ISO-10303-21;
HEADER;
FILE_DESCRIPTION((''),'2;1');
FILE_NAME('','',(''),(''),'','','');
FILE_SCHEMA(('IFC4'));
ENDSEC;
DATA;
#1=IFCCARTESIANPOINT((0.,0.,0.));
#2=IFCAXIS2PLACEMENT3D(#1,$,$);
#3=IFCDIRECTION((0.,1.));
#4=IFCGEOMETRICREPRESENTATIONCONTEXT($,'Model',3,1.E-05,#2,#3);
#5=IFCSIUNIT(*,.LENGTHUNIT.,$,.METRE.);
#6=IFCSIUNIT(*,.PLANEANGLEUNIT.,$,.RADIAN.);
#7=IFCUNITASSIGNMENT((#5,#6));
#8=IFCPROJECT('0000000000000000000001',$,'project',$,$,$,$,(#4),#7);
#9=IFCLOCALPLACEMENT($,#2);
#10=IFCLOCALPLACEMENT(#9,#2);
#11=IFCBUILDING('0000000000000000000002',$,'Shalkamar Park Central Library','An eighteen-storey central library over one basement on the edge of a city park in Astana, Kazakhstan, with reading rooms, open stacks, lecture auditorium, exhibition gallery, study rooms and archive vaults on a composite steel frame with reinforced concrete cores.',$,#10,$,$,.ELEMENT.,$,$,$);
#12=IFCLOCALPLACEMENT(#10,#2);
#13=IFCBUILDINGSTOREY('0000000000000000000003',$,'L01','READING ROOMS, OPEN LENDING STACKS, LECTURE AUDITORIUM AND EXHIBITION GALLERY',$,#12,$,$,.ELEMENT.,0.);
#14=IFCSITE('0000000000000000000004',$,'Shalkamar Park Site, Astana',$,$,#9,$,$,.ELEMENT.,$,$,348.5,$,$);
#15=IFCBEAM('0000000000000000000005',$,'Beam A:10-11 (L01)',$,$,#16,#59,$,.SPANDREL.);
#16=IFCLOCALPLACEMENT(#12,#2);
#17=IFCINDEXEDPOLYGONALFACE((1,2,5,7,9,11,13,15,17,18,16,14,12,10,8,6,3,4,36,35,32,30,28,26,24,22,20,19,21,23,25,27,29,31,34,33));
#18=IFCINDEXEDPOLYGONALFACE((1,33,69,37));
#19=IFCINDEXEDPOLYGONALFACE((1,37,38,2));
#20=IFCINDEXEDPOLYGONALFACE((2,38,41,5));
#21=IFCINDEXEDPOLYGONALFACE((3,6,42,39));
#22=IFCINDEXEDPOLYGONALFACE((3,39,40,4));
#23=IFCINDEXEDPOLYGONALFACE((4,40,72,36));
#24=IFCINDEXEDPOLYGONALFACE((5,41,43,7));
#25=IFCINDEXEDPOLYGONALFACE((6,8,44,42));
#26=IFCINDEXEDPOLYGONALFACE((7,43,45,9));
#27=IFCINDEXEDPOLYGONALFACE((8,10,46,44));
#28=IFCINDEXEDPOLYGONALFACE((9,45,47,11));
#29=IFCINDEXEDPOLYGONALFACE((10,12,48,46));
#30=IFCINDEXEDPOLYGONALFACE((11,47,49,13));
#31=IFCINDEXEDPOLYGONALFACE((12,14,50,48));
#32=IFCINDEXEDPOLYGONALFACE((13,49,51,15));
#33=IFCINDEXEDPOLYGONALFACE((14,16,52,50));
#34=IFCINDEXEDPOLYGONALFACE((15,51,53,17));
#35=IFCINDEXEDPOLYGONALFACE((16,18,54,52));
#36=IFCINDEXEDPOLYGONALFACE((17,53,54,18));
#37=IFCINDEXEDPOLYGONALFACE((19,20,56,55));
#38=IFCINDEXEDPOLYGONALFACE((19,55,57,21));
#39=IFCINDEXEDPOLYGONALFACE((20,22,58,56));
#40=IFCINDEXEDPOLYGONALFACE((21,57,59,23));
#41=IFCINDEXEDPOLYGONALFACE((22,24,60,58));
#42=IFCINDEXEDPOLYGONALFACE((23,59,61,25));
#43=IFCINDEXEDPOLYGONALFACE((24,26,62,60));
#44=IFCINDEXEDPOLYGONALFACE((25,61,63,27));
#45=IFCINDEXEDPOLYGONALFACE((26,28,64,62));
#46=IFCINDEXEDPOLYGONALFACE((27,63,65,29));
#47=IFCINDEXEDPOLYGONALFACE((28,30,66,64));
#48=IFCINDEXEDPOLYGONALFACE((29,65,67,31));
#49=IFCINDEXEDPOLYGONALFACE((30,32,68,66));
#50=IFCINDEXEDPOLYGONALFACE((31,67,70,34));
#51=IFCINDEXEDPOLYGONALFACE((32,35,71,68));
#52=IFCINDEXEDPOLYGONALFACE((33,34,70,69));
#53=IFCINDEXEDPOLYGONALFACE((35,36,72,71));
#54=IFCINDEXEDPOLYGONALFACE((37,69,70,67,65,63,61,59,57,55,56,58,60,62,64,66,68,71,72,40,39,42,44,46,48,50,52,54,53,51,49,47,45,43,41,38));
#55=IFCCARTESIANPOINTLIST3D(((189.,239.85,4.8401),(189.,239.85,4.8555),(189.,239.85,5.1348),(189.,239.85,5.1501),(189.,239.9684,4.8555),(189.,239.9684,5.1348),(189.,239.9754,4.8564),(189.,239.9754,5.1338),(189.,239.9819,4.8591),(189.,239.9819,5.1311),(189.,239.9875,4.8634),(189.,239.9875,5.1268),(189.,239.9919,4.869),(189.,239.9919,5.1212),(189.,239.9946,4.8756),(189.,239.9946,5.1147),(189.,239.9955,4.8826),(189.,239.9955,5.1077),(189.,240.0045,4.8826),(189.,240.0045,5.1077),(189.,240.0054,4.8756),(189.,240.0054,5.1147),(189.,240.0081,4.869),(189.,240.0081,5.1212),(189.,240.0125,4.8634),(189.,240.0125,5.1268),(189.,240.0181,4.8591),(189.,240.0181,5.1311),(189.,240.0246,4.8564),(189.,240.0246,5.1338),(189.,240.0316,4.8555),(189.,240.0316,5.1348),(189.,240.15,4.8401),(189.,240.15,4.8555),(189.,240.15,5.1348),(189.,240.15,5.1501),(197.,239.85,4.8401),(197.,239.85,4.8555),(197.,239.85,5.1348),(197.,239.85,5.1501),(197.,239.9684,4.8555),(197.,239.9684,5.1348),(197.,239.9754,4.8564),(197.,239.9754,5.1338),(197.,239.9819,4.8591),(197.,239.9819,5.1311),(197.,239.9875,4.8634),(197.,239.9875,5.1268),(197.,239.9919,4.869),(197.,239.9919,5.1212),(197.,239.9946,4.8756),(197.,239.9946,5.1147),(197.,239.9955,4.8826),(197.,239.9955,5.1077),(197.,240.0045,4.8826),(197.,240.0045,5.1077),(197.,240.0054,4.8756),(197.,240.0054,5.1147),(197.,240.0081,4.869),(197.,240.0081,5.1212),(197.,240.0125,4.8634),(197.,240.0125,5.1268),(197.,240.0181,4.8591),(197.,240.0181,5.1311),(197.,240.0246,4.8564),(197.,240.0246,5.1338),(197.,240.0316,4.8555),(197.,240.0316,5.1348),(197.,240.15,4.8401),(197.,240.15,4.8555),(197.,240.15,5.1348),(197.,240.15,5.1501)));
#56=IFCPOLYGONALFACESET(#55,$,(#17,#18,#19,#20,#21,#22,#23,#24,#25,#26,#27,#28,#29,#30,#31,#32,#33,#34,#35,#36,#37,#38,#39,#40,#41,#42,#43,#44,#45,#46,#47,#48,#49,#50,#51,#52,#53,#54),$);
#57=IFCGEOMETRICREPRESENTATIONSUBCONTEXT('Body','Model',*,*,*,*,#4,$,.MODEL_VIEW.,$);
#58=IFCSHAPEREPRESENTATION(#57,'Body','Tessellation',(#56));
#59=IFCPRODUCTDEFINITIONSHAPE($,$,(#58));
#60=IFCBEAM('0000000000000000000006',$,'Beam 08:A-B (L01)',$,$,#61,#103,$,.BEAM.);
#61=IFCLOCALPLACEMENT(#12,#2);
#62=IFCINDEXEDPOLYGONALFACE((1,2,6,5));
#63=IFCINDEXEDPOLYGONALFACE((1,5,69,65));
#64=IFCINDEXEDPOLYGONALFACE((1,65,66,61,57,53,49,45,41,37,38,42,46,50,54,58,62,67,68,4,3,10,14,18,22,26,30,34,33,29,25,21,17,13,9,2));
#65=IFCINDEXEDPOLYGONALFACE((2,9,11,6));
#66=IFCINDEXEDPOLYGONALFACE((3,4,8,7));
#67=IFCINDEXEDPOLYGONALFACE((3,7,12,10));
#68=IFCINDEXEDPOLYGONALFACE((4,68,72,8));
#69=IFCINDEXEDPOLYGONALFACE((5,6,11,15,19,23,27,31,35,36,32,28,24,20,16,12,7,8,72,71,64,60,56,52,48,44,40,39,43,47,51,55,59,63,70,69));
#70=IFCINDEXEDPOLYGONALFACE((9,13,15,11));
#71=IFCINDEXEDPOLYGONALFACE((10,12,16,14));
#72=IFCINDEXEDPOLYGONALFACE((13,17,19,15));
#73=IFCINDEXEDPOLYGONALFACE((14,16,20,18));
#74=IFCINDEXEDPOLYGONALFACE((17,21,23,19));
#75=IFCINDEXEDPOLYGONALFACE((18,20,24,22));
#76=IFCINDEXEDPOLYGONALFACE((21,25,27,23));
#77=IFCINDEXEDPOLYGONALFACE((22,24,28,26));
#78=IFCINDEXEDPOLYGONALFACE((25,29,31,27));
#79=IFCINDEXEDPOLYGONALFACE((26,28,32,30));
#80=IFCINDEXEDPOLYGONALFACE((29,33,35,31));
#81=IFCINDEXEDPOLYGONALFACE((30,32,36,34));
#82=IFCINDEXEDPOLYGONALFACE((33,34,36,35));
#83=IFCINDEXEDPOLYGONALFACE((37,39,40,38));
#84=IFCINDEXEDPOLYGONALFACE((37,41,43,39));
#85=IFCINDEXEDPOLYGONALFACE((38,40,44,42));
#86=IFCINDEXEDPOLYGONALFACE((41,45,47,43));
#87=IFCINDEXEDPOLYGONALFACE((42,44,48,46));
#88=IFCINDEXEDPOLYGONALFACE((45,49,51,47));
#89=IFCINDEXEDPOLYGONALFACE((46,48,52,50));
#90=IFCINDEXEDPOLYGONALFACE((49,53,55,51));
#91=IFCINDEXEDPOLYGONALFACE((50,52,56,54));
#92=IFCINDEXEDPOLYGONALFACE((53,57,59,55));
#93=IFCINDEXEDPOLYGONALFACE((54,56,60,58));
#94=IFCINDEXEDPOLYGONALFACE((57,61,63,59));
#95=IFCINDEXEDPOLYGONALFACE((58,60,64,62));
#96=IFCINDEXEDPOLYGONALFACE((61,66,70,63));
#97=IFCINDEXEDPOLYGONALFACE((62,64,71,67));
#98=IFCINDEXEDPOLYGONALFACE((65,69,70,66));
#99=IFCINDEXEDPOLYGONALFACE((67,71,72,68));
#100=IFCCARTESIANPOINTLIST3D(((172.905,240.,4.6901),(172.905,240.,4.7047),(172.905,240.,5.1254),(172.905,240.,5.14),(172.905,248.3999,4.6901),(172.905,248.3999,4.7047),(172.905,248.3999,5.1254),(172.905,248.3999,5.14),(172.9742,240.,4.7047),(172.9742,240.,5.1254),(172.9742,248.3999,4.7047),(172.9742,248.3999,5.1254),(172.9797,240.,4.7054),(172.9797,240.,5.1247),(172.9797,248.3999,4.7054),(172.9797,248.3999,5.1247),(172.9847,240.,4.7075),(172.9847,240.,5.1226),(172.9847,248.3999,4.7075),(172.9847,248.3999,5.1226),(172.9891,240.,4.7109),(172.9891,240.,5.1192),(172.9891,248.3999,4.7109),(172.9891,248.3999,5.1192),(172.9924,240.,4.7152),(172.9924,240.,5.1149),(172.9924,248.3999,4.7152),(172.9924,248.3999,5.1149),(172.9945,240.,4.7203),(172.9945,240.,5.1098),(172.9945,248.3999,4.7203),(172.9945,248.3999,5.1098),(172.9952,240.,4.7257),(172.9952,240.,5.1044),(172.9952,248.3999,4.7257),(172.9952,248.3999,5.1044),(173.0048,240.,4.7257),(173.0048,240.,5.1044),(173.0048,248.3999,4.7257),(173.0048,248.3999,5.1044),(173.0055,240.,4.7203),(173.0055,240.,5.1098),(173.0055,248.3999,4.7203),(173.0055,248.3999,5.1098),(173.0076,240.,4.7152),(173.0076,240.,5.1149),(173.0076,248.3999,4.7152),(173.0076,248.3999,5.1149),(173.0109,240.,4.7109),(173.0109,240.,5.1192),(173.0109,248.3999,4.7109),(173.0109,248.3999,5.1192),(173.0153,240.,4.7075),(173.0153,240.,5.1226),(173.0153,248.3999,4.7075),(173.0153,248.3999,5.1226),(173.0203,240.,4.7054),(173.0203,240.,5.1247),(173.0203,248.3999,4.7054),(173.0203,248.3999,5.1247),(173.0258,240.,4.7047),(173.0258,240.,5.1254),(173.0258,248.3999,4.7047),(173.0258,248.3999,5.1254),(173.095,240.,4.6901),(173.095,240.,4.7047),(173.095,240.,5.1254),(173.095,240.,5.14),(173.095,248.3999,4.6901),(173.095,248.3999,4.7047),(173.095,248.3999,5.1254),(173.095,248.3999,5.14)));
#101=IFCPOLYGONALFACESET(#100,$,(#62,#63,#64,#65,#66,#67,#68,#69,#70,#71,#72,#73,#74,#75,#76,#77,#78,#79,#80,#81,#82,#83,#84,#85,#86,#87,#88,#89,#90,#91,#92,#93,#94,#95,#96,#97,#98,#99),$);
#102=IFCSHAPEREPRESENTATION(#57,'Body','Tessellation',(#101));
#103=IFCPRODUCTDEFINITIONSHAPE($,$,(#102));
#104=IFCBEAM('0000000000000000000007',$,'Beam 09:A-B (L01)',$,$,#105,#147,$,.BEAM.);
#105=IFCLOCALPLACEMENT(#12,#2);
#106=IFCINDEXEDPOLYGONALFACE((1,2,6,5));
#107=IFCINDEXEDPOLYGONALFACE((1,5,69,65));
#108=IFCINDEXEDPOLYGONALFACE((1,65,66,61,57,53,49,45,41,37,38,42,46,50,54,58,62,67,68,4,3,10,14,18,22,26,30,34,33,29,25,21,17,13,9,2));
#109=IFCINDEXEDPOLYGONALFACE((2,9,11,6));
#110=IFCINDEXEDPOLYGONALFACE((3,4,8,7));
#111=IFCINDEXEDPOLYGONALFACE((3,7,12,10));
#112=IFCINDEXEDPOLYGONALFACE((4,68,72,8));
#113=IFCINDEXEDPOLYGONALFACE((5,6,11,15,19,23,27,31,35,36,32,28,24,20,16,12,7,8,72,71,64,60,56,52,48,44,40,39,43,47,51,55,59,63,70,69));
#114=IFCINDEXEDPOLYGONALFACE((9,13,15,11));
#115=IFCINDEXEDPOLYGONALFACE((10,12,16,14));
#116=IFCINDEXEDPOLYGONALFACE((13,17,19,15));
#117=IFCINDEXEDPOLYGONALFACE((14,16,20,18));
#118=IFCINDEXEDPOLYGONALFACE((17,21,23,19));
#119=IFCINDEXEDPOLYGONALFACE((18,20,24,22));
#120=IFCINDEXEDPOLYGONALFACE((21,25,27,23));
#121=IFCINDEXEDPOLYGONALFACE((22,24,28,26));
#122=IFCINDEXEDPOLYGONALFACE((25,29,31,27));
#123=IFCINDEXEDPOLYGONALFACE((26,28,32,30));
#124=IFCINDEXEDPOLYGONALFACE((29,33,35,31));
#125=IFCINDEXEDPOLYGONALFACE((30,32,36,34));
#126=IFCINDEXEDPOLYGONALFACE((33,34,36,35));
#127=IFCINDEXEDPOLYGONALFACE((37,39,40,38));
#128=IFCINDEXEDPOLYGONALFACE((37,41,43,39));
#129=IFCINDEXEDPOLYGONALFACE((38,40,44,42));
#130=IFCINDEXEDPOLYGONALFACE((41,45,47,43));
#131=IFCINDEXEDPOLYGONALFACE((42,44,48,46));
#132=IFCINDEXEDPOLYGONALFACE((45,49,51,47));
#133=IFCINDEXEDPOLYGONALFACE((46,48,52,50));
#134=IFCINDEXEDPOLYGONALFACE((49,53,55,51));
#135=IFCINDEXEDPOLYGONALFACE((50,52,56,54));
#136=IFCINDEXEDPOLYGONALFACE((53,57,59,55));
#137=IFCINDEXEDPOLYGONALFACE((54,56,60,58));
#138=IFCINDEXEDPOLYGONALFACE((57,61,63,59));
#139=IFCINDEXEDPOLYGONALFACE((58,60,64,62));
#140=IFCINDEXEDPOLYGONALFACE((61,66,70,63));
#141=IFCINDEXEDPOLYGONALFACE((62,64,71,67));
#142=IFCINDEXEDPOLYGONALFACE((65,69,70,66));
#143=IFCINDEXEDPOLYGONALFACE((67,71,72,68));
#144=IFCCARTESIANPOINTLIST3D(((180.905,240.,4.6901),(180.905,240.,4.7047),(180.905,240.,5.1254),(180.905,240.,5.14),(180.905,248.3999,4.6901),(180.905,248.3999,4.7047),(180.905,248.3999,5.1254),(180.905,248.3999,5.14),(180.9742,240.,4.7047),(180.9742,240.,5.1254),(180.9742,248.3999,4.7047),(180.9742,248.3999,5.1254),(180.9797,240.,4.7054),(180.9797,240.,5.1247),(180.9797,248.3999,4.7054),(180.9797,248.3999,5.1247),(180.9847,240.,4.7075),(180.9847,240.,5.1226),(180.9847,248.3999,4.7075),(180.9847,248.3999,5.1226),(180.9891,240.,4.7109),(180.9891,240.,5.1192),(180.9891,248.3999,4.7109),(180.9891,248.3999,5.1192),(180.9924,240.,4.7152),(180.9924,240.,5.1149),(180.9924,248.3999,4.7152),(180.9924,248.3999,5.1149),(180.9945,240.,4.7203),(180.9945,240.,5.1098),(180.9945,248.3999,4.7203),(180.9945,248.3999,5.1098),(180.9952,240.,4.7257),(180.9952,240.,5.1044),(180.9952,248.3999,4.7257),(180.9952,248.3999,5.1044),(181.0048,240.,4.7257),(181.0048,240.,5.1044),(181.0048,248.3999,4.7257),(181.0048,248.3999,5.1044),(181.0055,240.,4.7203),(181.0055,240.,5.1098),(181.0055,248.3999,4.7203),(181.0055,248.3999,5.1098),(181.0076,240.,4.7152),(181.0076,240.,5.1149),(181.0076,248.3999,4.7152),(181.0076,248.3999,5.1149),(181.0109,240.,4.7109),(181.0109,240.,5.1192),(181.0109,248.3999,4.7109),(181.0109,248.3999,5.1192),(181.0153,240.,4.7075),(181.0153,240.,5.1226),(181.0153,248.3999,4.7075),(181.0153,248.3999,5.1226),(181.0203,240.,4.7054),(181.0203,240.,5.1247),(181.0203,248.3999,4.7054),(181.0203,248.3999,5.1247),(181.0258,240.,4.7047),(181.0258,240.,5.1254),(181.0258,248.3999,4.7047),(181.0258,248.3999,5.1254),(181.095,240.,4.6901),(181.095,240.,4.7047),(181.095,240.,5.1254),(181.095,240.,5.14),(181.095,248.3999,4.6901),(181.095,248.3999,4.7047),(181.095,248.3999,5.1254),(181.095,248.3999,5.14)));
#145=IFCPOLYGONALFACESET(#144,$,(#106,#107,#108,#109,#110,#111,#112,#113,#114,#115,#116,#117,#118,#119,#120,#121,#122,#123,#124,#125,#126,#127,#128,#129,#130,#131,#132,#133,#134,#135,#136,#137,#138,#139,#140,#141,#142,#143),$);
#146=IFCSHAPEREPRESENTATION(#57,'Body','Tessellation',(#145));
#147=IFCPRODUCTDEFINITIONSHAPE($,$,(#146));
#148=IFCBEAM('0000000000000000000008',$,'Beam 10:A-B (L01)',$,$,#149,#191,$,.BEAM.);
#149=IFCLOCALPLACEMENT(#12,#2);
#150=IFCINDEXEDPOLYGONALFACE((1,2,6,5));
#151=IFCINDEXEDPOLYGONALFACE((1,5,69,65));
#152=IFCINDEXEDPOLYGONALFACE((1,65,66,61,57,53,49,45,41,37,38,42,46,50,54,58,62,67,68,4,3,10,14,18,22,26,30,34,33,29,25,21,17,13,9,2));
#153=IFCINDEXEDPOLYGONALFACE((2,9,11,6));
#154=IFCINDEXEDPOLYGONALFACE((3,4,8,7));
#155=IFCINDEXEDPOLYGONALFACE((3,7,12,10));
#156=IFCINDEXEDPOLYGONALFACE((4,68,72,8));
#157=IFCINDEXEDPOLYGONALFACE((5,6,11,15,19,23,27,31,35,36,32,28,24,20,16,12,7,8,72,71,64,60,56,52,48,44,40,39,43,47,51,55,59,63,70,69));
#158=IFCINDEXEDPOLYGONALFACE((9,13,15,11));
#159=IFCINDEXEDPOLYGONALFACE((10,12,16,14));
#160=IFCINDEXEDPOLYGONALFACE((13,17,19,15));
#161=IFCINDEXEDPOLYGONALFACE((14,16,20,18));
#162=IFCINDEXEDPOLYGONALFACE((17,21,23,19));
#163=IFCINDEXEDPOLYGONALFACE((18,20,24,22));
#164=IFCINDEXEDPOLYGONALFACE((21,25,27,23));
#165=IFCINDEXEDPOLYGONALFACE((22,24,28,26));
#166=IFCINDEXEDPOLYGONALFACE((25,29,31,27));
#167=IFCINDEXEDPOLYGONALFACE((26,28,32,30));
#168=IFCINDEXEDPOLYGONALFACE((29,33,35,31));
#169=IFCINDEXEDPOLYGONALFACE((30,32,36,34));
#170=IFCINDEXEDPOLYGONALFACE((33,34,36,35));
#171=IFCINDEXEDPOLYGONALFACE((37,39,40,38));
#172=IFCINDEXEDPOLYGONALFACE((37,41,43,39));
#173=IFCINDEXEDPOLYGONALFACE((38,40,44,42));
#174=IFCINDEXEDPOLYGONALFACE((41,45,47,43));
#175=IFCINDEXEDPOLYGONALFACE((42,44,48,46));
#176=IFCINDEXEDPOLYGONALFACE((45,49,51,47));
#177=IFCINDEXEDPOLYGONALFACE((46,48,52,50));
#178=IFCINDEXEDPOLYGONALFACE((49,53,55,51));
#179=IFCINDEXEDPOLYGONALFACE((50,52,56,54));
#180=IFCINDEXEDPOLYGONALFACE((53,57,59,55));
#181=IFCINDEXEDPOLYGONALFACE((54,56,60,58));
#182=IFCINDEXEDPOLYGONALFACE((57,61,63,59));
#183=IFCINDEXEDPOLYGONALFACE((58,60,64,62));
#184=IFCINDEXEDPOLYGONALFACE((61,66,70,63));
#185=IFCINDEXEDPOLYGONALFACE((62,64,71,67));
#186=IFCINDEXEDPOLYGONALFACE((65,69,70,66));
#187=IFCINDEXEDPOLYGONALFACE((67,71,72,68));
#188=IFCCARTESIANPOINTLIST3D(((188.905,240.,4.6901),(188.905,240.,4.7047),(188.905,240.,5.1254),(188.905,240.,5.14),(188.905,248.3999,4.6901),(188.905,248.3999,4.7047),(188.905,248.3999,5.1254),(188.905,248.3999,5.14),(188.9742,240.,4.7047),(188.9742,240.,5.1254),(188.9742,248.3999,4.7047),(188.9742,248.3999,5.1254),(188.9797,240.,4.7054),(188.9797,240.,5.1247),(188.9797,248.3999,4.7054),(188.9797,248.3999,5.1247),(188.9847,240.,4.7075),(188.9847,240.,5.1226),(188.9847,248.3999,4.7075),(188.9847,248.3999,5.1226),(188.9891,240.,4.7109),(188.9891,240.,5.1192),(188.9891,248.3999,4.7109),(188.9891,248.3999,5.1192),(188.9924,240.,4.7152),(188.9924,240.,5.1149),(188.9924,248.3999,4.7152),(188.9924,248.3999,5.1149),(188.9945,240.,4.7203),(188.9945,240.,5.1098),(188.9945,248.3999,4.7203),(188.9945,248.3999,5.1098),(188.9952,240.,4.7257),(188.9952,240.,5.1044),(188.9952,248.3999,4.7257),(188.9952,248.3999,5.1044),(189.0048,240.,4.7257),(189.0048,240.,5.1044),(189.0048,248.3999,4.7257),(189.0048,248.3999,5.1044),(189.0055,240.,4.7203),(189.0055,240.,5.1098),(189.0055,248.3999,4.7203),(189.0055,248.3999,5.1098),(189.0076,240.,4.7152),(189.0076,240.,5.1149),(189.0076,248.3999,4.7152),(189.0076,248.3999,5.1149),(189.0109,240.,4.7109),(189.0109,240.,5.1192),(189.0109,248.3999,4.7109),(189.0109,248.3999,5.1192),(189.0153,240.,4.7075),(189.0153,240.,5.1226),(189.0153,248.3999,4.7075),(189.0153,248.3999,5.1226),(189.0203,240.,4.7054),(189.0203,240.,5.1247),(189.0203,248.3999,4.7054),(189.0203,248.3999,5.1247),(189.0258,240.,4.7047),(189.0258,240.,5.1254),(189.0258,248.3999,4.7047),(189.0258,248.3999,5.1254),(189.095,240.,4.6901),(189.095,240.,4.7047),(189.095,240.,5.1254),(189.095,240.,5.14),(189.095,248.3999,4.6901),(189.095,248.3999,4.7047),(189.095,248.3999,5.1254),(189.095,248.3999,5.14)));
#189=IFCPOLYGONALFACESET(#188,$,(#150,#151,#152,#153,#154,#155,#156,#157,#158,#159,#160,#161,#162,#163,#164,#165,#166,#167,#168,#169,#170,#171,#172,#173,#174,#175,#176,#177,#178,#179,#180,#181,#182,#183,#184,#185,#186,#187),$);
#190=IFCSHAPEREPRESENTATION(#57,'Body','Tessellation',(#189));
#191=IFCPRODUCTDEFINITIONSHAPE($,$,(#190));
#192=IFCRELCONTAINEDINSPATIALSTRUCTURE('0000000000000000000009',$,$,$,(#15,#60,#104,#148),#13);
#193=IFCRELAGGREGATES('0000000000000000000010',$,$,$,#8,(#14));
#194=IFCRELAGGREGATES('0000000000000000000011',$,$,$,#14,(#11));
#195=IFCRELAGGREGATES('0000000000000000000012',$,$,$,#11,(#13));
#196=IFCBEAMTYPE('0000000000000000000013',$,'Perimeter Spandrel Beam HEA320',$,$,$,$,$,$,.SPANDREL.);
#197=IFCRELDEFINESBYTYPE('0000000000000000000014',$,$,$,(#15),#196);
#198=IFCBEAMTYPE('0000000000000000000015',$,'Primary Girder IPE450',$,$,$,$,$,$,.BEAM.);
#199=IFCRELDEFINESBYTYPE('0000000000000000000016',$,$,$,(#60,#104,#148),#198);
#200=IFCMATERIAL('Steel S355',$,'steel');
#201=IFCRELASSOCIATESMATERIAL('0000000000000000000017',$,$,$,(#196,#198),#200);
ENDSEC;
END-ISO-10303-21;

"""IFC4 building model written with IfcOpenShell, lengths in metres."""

from ifc_helpers import new_model, si_unit, direction, frame, origin, origin_2d, place, context, subcontext, project, spatial, i_section, extrude, material, material_profile, profile_set, type_object, element, save


model = new_model("IFC4")

# Units and contexts
model_context = context("Model", 3, precision=1e-05, world=origin(), true_north=direction((0.0, 1.0)))
body_context = subcontext(model_context, "Body", "Model", "MODEL_VIEW")
ifc_project = project(units=[si_unit("LENGTHUNIT", "METRE"), si_unit("PLANEANGLEUNIT", "RADIAN")], contexts=[model_context])

# Site, building, storey
site_placement = place(None, origin())
site = spatial("IfcSite", under=ifc_project, at=site_placement, Name="Shalkamar Park Site, Astana", CompositionType="ELEMENT", RefElevation=348.5)
building_placement = place(site_placement, origin())
building = spatial("IfcBuilding", under=site, at=building_placement, Name="Shalkamar Park Central Library", Description="An eighteen-storey central library over one basement on the edge of a city park in Astana, Kazakhstan, with reading rooms, open stacks, lecture auditorium, exhibition gallery, study rooms and archive vaults on a composite steel frame with reinforced concrete cores.", CompositionType="ELEMENT")
storey_placement = place(building_placement, origin())
storey = spatial("IfcBuildingStorey", under=building, at=storey_placement, Name="L01", Description="READING ROOMS, OPEN LENDING STACKS, LECTURE AUDITORIUM AND EXHIBITION GALLERY", CompositionType="ELEMENT", Elevation=0.0)

# Shared definitions
ifc_material_1 = material(Name="Steel S355", Category="steel")

# Beams
ifc_material_profile_1 = material_profile(ifc_material_1, i_section(OverallWidth=0.3, OverallDepth=0.3101, WebThickness=0.009, FlangeThickness=0.0154, FilletRadius=0.0271, at=origin_2d()), Name="HEA 320")
ifc_profile_set_1 = profile_set([ifc_material_profile_1], Name="Steel S355")
beam_type_1 = type_object("IfcBeamType", Name="Perimeter Spandrel Beam HEA320", PredefinedType="SPANDREL", material=ifc_profile_set_1)
for number, where, z_axis, x_axis, name in (
    (1, (189.0, 240.0, 4.9951), (1.0, 0.0, 0.0), (0.0, 1.0, 0.0), "Beam A:10-11 (L01)"),
):
    element("IfcBeam", number, at=place(storey_placement, frame(where, z_axis=z_axis, x_axis=x_axis)), inside=storey, type_object=beam_type_1, Name=name, PredefinedType="SPANDREL", context=body_context, shape_type="SweptSolid", body=[
        extrude(i_section(OverallWidth=0.3, OverallDepth=0.3101, WebThickness=0.009, FlangeThickness=0.0154, FilletRadius=0.0271, at=origin_2d()), origin(), (0.0, 0.0, 1.0), 8.0),
    ])
ifc_material_profile_2 = material_profile(ifc_material_1, i_section(OverallWidth=0.1899, OverallDepth=0.45, WebThickness=0.0095, FlangeThickness=0.0146, FilletRadius=0.021, at=origin_2d()), Name="IPE 450")
ifc_profile_set_2 = profile_set([ifc_material_profile_2], Name="Steel S355")
beam_type_2 = type_object("IfcBeamType", Name="Primary Girder IPE450", PredefinedType="BEAM", material=ifc_profile_set_2)
for number, where, z_axis, x_axis, name in (
    (2, (173.0, 240.0, 4.915), (0.0, 1.0, 0.0), (-1.0, 0.0, 0.0), "Beam 08:A-B (L01)"),
    (3, (181.0, 240.0, 4.915), (0.0, 1.0, 0.0), (-1.0, 0.0, 0.0), "Beam 09:A-B (L01)"),
    (4, (189.0, 240.0, 4.915), (0.0, 1.0, 0.0), (-1.0, 0.0, 0.0), "Beam 10:A-B (L01)"),
):
    element("IfcBeam", number, at=place(storey_placement, frame(where, z_axis=z_axis, x_axis=x_axis)), inside=storey, type_object=beam_type_2, Name=name, PredefinedType="BEAM", context=body_context, shape_type="SweptSolid", body=[
        extrude(i_section(OverallWidth=0.1899, OverallDepth=0.45, WebThickness=0.0095, FlangeThickness=0.0146, FilletRadius=0.021, at=origin_2d()), origin(), (0.0, 0.0, 1.0), 8.3999),
    ])

save(model, "model.ifc")
